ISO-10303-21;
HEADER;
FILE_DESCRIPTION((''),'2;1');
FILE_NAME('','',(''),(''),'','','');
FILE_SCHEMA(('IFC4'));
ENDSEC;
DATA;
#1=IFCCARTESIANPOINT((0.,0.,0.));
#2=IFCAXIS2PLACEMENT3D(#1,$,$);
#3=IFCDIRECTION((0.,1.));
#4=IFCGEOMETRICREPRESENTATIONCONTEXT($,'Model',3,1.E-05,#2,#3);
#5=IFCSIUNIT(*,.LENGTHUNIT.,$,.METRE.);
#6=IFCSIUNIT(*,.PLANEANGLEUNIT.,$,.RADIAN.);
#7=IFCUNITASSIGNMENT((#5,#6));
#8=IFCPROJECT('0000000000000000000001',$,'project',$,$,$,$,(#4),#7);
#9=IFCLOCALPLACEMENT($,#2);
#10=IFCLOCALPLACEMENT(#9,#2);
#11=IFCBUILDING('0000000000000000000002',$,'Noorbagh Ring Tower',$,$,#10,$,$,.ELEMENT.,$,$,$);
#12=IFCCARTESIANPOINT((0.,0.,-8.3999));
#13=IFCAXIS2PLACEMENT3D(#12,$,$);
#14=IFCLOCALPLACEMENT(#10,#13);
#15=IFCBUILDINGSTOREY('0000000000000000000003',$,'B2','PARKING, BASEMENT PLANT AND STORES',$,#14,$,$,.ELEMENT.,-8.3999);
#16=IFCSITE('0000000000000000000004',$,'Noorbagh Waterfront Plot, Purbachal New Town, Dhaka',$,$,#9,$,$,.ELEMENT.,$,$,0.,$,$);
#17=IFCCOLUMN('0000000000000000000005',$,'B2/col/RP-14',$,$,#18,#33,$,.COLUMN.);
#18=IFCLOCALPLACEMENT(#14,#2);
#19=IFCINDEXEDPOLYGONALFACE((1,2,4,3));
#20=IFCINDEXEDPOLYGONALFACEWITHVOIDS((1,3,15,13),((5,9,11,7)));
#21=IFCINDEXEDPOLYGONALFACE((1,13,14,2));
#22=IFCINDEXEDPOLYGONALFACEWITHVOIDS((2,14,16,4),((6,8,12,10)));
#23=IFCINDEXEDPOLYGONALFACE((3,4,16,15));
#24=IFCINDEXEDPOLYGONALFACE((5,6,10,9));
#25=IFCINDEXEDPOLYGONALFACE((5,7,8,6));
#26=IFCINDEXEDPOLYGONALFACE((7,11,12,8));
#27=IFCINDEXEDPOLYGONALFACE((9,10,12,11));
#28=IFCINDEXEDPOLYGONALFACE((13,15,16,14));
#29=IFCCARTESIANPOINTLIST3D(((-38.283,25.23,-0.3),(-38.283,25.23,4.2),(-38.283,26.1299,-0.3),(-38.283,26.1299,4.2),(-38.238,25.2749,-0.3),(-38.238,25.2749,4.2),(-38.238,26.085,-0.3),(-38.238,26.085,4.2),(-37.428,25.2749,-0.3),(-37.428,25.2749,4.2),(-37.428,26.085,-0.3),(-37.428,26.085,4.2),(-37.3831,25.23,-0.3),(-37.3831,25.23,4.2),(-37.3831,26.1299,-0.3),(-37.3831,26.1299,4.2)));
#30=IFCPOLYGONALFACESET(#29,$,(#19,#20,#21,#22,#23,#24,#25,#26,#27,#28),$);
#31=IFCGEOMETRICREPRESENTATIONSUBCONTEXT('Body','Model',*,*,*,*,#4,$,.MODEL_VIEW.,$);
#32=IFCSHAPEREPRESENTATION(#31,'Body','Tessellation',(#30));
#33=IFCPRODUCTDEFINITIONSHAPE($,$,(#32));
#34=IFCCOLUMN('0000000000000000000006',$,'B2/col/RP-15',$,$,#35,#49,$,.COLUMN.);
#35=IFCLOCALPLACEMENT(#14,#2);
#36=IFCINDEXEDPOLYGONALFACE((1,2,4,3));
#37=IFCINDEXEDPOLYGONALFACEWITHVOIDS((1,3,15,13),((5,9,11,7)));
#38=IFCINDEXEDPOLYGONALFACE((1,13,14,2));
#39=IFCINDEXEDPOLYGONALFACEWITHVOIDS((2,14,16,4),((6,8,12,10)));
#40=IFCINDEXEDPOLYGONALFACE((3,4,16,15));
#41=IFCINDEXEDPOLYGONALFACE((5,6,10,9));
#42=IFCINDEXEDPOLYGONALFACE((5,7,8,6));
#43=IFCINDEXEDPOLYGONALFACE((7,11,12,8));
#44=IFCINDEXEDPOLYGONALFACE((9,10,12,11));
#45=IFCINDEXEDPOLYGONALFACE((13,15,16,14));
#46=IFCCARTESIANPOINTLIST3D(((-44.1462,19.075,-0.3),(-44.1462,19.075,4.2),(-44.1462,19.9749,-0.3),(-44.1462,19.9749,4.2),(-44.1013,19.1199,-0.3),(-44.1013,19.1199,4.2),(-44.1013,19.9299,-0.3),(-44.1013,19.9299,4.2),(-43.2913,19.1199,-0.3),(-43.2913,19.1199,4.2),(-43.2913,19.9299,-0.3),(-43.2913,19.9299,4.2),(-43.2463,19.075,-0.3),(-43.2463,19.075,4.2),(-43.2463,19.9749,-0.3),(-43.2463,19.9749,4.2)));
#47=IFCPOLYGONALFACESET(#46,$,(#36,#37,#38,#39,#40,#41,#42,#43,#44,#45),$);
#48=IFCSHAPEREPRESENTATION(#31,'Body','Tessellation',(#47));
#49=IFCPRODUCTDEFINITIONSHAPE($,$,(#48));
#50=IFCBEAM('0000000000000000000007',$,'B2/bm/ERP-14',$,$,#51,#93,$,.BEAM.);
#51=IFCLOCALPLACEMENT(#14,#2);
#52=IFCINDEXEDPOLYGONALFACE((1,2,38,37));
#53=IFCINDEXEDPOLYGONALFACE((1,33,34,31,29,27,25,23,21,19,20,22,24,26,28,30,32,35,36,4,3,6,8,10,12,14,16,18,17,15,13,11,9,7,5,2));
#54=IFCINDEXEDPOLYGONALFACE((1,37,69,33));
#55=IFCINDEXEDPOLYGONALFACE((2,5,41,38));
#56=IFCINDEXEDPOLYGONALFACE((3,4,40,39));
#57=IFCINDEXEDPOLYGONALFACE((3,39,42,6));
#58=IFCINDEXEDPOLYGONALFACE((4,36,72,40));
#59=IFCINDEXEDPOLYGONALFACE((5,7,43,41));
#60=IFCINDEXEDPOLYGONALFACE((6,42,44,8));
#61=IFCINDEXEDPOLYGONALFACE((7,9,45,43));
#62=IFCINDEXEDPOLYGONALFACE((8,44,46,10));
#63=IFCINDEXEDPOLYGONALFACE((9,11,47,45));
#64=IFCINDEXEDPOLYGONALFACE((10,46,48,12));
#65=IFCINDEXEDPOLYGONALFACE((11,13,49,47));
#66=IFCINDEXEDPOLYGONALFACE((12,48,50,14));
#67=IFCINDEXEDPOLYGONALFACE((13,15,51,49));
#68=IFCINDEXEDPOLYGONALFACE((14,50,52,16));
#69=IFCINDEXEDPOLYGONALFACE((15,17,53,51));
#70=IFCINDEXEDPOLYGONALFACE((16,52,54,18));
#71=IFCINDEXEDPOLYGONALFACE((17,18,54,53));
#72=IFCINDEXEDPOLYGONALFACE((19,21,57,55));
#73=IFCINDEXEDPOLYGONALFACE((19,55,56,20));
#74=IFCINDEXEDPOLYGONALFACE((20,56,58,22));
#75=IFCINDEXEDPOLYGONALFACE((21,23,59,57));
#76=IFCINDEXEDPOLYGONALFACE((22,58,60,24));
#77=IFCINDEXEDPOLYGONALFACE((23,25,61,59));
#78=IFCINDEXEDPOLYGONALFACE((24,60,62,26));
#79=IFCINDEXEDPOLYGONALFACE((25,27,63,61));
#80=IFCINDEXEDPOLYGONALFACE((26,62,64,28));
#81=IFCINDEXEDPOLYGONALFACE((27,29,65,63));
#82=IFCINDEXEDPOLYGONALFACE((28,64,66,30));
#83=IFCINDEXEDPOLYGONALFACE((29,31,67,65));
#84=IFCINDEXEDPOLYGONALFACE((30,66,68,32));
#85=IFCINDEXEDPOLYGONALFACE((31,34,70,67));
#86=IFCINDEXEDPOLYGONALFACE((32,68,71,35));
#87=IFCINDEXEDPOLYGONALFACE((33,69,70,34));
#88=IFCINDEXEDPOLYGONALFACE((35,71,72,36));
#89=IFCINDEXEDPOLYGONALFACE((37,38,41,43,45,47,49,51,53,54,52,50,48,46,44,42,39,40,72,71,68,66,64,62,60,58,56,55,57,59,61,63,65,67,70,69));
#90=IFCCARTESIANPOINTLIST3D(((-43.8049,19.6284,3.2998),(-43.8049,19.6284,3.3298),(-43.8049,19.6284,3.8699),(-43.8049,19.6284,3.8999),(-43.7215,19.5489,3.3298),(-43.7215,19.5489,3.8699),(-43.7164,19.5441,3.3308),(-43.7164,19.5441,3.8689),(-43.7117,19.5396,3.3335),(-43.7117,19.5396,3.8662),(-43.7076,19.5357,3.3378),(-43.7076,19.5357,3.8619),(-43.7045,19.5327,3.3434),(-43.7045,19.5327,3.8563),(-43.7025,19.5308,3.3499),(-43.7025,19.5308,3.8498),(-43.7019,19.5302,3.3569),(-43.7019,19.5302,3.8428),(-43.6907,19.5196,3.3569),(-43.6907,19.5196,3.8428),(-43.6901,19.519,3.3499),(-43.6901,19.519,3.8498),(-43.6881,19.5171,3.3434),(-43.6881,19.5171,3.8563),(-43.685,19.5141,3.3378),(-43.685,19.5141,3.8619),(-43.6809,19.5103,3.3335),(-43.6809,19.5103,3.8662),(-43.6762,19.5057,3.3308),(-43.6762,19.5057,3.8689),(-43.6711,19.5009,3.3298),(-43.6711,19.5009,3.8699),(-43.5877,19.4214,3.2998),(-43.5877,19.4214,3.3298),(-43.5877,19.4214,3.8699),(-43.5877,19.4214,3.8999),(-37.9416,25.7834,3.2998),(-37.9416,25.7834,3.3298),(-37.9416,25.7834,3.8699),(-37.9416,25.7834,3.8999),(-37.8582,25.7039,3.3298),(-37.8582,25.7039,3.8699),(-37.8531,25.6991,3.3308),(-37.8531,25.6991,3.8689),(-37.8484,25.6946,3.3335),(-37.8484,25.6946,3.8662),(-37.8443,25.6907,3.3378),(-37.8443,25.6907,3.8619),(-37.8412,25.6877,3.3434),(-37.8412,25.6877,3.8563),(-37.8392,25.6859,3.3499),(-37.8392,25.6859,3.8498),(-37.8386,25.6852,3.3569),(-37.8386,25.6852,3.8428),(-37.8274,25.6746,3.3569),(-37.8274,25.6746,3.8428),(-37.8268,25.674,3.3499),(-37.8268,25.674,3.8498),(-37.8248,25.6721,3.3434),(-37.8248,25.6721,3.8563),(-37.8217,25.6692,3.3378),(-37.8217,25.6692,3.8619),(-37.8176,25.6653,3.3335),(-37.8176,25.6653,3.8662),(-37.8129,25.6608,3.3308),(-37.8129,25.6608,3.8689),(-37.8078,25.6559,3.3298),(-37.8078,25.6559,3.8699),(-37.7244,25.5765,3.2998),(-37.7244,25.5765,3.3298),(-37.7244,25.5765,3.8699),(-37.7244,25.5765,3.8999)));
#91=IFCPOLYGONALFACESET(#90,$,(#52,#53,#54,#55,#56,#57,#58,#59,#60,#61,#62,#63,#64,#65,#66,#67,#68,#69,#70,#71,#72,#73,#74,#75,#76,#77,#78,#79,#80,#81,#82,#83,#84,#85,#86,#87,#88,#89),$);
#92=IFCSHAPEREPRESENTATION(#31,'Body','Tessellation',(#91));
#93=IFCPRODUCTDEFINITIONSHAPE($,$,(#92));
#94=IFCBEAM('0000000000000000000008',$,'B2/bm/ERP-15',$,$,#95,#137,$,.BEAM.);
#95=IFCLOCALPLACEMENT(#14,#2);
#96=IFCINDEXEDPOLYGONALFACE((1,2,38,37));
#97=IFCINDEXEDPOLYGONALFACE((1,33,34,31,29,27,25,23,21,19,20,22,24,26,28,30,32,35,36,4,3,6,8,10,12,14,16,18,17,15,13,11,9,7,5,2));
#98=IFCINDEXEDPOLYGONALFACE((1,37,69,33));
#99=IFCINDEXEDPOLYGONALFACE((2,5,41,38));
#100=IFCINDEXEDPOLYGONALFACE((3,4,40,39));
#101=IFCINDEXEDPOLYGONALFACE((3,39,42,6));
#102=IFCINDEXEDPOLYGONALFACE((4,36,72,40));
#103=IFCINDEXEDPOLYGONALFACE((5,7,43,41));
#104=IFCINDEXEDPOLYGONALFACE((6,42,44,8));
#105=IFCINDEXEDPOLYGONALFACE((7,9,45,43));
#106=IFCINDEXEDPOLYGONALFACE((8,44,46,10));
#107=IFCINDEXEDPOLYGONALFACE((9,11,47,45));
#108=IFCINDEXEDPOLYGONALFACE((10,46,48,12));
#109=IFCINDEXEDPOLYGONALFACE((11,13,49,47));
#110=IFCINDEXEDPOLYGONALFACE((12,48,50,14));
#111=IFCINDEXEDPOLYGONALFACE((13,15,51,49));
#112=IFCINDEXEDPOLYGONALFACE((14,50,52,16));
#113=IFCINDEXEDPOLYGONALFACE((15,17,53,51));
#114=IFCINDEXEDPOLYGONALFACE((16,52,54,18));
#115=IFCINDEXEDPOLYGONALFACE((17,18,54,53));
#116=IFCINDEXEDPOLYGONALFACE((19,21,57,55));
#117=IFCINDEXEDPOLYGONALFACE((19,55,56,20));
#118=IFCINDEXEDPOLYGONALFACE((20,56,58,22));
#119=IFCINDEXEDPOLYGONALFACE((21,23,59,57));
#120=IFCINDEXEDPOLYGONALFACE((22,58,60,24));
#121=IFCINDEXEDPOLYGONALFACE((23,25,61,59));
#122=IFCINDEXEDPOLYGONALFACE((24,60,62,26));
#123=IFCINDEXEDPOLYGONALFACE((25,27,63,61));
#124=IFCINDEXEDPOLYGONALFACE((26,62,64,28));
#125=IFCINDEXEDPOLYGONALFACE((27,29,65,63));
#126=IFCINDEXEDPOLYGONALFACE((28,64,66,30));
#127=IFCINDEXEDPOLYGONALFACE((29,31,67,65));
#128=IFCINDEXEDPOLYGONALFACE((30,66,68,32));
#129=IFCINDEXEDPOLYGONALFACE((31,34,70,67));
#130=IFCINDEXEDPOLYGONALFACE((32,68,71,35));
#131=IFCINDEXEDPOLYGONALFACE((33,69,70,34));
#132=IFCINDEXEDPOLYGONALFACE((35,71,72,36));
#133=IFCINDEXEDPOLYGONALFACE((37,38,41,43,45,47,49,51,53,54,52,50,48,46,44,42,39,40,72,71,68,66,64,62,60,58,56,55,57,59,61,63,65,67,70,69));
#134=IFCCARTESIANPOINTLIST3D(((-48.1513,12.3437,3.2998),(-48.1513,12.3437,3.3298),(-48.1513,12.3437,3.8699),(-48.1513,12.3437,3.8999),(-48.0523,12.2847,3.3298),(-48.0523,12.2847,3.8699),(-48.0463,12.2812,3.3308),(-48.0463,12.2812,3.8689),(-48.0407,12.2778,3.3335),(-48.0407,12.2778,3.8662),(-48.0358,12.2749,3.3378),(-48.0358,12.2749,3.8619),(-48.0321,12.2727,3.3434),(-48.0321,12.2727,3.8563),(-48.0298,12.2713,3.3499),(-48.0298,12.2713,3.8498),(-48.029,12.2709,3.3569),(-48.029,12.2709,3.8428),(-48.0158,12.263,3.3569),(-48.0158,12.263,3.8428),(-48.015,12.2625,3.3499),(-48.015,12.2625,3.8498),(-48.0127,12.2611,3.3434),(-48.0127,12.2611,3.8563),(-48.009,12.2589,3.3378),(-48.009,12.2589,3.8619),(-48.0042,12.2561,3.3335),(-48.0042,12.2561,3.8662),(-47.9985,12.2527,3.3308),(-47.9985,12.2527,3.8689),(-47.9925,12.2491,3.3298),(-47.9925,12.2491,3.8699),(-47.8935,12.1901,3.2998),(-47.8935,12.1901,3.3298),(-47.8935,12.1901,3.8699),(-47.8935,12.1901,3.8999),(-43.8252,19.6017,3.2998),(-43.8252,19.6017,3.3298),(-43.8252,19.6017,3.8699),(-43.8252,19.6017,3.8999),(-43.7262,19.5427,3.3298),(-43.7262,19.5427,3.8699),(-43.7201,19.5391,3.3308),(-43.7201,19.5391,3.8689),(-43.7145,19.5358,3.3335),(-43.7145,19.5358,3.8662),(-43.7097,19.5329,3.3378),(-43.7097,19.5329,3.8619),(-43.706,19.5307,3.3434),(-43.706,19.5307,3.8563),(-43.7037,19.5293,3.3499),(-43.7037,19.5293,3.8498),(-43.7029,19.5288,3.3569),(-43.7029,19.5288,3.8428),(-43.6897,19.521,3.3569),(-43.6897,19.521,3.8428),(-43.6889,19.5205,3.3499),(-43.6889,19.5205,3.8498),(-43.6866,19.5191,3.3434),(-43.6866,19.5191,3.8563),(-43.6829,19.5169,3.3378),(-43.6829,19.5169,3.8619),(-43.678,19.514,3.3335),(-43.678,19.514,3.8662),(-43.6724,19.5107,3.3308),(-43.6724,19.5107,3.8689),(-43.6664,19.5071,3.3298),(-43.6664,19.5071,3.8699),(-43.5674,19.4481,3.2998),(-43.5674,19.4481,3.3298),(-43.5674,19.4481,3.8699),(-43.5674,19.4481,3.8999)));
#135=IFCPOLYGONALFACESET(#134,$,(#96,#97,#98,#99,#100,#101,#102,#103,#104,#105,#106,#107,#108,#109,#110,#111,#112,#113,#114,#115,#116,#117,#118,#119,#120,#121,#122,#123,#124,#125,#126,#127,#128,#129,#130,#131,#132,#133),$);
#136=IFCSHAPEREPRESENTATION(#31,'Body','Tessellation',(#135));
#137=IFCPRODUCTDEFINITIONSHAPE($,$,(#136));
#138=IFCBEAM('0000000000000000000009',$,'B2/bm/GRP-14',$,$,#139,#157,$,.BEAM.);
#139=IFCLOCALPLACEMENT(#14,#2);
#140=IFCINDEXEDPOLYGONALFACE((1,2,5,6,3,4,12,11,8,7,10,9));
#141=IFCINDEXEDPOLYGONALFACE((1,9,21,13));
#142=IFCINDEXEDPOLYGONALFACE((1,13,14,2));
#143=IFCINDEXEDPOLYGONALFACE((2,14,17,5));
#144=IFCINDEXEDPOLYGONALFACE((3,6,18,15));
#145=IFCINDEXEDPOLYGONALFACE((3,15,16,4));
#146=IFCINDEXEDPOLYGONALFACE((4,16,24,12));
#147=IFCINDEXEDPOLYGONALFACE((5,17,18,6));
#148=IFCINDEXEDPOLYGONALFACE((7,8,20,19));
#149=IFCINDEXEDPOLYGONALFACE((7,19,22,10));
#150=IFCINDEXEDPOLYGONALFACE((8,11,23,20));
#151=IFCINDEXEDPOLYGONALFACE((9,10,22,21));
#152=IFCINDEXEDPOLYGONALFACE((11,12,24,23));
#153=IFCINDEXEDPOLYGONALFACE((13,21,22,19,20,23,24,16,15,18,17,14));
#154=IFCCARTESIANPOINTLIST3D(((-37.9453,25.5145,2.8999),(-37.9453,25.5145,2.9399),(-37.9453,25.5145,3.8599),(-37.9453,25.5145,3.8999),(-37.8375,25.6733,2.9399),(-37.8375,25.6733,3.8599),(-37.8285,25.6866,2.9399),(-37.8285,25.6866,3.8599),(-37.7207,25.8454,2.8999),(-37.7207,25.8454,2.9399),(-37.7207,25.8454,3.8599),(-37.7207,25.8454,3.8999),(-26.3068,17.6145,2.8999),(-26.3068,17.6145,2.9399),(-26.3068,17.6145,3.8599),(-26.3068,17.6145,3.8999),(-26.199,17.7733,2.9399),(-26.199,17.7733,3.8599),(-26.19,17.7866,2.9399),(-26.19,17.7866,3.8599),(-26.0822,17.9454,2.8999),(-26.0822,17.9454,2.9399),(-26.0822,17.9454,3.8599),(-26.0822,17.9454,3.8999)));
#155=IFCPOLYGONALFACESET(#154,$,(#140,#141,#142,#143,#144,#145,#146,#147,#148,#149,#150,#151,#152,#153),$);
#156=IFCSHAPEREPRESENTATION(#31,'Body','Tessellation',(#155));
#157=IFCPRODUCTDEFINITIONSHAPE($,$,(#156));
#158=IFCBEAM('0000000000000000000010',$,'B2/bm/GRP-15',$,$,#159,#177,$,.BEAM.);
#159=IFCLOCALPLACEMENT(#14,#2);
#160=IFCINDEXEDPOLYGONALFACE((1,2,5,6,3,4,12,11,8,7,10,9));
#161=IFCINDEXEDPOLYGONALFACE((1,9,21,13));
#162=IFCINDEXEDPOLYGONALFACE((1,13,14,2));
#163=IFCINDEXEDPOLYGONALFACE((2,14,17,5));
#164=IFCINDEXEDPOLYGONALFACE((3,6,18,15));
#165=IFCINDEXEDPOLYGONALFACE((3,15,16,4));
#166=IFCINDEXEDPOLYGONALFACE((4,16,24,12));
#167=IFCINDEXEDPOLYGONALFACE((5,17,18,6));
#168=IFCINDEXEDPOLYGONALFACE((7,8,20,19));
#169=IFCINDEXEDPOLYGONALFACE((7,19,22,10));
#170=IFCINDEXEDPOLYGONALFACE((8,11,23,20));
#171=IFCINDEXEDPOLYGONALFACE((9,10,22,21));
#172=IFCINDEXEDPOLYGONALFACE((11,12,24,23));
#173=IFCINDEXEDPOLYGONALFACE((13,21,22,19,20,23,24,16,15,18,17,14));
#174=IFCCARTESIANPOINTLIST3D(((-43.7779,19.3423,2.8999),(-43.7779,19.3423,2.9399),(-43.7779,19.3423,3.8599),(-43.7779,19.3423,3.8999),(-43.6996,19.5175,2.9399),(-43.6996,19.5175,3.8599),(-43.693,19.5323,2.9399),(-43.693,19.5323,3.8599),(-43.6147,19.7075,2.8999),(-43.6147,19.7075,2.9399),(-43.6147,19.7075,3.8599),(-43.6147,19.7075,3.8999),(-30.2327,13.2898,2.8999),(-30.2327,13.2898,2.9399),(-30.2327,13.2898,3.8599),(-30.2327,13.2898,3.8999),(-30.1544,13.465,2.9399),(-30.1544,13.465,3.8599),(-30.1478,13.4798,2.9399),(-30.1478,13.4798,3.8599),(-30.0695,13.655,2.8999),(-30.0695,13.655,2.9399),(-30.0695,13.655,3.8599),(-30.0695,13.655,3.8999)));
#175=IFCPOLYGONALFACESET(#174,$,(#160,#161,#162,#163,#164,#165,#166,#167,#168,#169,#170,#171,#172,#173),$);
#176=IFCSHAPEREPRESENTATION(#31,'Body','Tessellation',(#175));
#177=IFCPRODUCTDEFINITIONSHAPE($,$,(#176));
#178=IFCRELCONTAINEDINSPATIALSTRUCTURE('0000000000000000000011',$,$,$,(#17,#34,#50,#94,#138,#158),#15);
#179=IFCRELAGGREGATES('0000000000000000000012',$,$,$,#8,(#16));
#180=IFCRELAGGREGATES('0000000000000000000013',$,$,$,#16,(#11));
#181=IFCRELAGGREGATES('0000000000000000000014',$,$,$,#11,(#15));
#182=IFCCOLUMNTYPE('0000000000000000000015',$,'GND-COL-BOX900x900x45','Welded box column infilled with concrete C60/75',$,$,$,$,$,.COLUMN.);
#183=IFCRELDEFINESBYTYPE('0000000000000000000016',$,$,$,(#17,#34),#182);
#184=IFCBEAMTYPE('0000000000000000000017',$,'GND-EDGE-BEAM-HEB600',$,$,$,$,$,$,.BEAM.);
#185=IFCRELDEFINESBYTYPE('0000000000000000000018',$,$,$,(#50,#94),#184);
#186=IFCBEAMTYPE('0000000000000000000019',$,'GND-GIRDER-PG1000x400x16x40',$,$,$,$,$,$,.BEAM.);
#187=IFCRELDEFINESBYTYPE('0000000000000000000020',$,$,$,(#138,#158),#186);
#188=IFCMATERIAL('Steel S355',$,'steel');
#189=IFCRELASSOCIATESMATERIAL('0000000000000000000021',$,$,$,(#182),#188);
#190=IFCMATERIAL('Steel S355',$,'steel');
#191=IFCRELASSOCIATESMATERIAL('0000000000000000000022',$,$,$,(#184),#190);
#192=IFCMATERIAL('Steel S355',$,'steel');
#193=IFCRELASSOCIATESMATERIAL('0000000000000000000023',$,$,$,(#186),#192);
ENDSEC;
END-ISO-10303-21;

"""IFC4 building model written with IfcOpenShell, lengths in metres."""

from ifc_helpers import new_model, si_unit, direction, frame, origin, origin_2d, place, context, subcontext, project, spatial, hollow_rectangle, i_section, extrude, material, material_profile, profile_set, type_object, element, save


model = new_model("IFC4")

# Units and contexts
model_context = context("Model", 3, precision=1e-05, world=origin(), true_north=direction((0.0, 1.0)))
body_context = subcontext(model_context, "Body", "Model", "MODEL_VIEW")
ifc_project = project(units=[si_unit("LENGTHUNIT", "METRE"), si_unit("PLANEANGLEUNIT", "RADIAN")], contexts=[model_context])

# Site, building, storey
site_placement = place(None, origin())
site = spatial("IfcSite", under=ifc_project, at=site_placement, Name="Noorbagh Waterfront Plot, Purbachal New Town, Dhaka", CompositionType="ELEMENT", RefElevation=0.0)
building_placement = place(site_placement, origin())
building = spatial("IfcBuilding", under=site, at=building_placement, Name="Noorbagh Ring Tower", CompositionType="ELEMENT")
storey_placement = place(building_placement, frame((0.0, 0.0, -8.3999)))
storey = spatial("IfcBuildingStorey", under=building, at=storey_placement, Name="B2", Description="PARKING, BASEMENT PLANT AND STORES", CompositionType="ELEMENT", Elevation=-8.3999)

# Columns
ifc_material_1 = material(Name="Steel S355", Category="steel")
ifc_material_profile_1 = material_profile(ifc_material_1, hollow_rectangle(XDim=0.8999, YDim=0.8999, WallThickness=0.0449, at=origin_2d()), Name="BOX900x900x45")
ifc_profile_set_1 = profile_set([ifc_material_profile_1], Name="Steel S355")
column_type = type_object("IfcColumnType", Name="GND-COL-BOX900x900x45", Description="Welded box column infilled with concrete C60/75", PredefinedType="COLUMN", material=ifc_profile_set_1)
for number, where, z_axis, x_axis, name in (
    (1, (-37.833, 25.6799, -0.3), (0.0, 0.0, 1.0), (1.0, 0.0, 0.0), "B2/col/RP-14"),
    (2, (-43.6963, 19.5249, -0.3), (0.0, 0.0, 1.0), (1.0, 0.0, 0.0), "B2/col/RP-15"),
):
    element("IfcColumn", number, at=place(storey_placement, frame(where, z_axis=z_axis, x_axis=x_axis)), inside=storey, type_object=column_type, Name=name, PredefinedType="COLUMN", context=body_context, shape_type="SweptSolid", body=[
        extrude(hollow_rectangle(XDim=0.8999, YDim=0.8999, WallThickness=0.0449, at=origin_2d()), origin(), (0.0, 0.0, 1.0), 4.5),
    ])

# Beams
ifc_material_2 = material(Name="Steel S355", Category="steel")
ifc_material_profile_2 = material_profile(ifc_material_2, i_section(OverallWidth=0.3, OverallDepth=0.6001, WebThickness=0.0154, FlangeThickness=0.03, FilletRadius=0.0271, at=origin_2d()), Name="HEB600")
ifc_profile_set_2 = profile_set([ifc_material_profile_2], Name="Steel S355")
beam_type_1 = type_object("IfcBeamType", Name="GND-EDGE-BEAM-HEB600", PredefinedType="BEAM", material=ifc_profile_set_2)
beam_1_placement = place(storey_placement, frame((-37.833, 25.6799, 3.5999), z_axis=(-0.689738, -0.724059, 0.0), x_axis=(0.724059, -0.689738, 0.0)))
element("IfcBeam", 3, at=beam_1_placement, inside=storey, type_object=beam_type_1, Name="B2/bm/ERP-14", PredefinedType="BEAM", context=body_context, shape_type="SweptSolid", body=[
    extrude(i_section(OverallWidth=0.3, OverallDepth=0.6001, WebThickness=0.0154, FlangeThickness=0.03, FilletRadius=0.0271, at=origin_2d()), origin(), (0.0, 0.0, 1.0), 8.5007),
])
beam_2_placement = place(storey_placement, frame((-43.6963, 19.5249, 3.5999), z_axis=(-0.511999, -0.858986, 0.0), x_axis=(0.858986, -0.511999, 0.0)))
element("IfcBeam", 4, at=beam_2_placement, inside=storey, type_object=beam_type_1, Name="B2/bm/ERP-15", PredefinedType="BEAM", context=body_context, shape_type="SweptSolid", body=[
    extrude(i_section(OverallWidth=0.3, OverallDepth=0.6001, WebThickness=0.0154, FlangeThickness=0.03, FilletRadius=0.0271, at=origin_2d()), origin(), (0.0, 0.0, 1.0), 8.4495),
])
ifc_material_3 = material(Name="Steel S355", Category="steel")
ifc_material_profile_3 = material_profile(ifc_material_3, i_section(OverallWidth=0.3999, OverallDepth=1.0, WebThickness=0.0161, FlangeThickness=0.04, at=origin_2d()), Name="PG1000x400x16x40")
ifc_profile_set_3 = profile_set([ifc_material_profile_3], Name="Steel S355")
beam_type_2 = type_object("IfcBeamType", Name="GND-GIRDER-PG1000x400x16x40", PredefinedType="BEAM", material=ifc_profile_set_3)
beam_3_placement = place(storey_placement, frame((-37.833, 25.6799, 3.3999), z_axis=(0.827397, -0.561618, 0.0), x_axis=(0.561618, 0.827397, 0.0)))
element("IfcBeam", 5, at=beam_3_placement, inside=storey, type_object=beam_type_2, Name="B2/bm/GRP-14", PredefinedType="BEAM", context=body_context, shape_type="SweptSolid", body=[
    extrude(i_section(OverallWidth=0.3999, OverallDepth=1.0, WebThickness=0.0161, FlangeThickness=0.04, at=origin_2d()), origin(), (0.0, 0.0, 1.0), 14.0664),
])
beam_4_placement = place(storey_placement, frame((-43.6963, 19.5249, 3.3999), z_axis=(0.912999, -0.407962, 0.0), x_axis=(0.407962, 0.912999, 0.0)))
element("IfcBeam", 6, at=beam_4_placement, inside=storey, type_object=beam_type_2, Name="B2/bm/GRP-15", PredefinedType="BEAM", context=body_context, shape_type="SweptSolid", body=[
    extrude(i_section(OverallWidth=0.3999, OverallDepth=1.0, WebThickness=0.0161, FlangeThickness=0.04, at=origin_2d()), origin(), (0.0, 0.0, 1.0), 14.8359),
])

save(model, "model.ifc")
